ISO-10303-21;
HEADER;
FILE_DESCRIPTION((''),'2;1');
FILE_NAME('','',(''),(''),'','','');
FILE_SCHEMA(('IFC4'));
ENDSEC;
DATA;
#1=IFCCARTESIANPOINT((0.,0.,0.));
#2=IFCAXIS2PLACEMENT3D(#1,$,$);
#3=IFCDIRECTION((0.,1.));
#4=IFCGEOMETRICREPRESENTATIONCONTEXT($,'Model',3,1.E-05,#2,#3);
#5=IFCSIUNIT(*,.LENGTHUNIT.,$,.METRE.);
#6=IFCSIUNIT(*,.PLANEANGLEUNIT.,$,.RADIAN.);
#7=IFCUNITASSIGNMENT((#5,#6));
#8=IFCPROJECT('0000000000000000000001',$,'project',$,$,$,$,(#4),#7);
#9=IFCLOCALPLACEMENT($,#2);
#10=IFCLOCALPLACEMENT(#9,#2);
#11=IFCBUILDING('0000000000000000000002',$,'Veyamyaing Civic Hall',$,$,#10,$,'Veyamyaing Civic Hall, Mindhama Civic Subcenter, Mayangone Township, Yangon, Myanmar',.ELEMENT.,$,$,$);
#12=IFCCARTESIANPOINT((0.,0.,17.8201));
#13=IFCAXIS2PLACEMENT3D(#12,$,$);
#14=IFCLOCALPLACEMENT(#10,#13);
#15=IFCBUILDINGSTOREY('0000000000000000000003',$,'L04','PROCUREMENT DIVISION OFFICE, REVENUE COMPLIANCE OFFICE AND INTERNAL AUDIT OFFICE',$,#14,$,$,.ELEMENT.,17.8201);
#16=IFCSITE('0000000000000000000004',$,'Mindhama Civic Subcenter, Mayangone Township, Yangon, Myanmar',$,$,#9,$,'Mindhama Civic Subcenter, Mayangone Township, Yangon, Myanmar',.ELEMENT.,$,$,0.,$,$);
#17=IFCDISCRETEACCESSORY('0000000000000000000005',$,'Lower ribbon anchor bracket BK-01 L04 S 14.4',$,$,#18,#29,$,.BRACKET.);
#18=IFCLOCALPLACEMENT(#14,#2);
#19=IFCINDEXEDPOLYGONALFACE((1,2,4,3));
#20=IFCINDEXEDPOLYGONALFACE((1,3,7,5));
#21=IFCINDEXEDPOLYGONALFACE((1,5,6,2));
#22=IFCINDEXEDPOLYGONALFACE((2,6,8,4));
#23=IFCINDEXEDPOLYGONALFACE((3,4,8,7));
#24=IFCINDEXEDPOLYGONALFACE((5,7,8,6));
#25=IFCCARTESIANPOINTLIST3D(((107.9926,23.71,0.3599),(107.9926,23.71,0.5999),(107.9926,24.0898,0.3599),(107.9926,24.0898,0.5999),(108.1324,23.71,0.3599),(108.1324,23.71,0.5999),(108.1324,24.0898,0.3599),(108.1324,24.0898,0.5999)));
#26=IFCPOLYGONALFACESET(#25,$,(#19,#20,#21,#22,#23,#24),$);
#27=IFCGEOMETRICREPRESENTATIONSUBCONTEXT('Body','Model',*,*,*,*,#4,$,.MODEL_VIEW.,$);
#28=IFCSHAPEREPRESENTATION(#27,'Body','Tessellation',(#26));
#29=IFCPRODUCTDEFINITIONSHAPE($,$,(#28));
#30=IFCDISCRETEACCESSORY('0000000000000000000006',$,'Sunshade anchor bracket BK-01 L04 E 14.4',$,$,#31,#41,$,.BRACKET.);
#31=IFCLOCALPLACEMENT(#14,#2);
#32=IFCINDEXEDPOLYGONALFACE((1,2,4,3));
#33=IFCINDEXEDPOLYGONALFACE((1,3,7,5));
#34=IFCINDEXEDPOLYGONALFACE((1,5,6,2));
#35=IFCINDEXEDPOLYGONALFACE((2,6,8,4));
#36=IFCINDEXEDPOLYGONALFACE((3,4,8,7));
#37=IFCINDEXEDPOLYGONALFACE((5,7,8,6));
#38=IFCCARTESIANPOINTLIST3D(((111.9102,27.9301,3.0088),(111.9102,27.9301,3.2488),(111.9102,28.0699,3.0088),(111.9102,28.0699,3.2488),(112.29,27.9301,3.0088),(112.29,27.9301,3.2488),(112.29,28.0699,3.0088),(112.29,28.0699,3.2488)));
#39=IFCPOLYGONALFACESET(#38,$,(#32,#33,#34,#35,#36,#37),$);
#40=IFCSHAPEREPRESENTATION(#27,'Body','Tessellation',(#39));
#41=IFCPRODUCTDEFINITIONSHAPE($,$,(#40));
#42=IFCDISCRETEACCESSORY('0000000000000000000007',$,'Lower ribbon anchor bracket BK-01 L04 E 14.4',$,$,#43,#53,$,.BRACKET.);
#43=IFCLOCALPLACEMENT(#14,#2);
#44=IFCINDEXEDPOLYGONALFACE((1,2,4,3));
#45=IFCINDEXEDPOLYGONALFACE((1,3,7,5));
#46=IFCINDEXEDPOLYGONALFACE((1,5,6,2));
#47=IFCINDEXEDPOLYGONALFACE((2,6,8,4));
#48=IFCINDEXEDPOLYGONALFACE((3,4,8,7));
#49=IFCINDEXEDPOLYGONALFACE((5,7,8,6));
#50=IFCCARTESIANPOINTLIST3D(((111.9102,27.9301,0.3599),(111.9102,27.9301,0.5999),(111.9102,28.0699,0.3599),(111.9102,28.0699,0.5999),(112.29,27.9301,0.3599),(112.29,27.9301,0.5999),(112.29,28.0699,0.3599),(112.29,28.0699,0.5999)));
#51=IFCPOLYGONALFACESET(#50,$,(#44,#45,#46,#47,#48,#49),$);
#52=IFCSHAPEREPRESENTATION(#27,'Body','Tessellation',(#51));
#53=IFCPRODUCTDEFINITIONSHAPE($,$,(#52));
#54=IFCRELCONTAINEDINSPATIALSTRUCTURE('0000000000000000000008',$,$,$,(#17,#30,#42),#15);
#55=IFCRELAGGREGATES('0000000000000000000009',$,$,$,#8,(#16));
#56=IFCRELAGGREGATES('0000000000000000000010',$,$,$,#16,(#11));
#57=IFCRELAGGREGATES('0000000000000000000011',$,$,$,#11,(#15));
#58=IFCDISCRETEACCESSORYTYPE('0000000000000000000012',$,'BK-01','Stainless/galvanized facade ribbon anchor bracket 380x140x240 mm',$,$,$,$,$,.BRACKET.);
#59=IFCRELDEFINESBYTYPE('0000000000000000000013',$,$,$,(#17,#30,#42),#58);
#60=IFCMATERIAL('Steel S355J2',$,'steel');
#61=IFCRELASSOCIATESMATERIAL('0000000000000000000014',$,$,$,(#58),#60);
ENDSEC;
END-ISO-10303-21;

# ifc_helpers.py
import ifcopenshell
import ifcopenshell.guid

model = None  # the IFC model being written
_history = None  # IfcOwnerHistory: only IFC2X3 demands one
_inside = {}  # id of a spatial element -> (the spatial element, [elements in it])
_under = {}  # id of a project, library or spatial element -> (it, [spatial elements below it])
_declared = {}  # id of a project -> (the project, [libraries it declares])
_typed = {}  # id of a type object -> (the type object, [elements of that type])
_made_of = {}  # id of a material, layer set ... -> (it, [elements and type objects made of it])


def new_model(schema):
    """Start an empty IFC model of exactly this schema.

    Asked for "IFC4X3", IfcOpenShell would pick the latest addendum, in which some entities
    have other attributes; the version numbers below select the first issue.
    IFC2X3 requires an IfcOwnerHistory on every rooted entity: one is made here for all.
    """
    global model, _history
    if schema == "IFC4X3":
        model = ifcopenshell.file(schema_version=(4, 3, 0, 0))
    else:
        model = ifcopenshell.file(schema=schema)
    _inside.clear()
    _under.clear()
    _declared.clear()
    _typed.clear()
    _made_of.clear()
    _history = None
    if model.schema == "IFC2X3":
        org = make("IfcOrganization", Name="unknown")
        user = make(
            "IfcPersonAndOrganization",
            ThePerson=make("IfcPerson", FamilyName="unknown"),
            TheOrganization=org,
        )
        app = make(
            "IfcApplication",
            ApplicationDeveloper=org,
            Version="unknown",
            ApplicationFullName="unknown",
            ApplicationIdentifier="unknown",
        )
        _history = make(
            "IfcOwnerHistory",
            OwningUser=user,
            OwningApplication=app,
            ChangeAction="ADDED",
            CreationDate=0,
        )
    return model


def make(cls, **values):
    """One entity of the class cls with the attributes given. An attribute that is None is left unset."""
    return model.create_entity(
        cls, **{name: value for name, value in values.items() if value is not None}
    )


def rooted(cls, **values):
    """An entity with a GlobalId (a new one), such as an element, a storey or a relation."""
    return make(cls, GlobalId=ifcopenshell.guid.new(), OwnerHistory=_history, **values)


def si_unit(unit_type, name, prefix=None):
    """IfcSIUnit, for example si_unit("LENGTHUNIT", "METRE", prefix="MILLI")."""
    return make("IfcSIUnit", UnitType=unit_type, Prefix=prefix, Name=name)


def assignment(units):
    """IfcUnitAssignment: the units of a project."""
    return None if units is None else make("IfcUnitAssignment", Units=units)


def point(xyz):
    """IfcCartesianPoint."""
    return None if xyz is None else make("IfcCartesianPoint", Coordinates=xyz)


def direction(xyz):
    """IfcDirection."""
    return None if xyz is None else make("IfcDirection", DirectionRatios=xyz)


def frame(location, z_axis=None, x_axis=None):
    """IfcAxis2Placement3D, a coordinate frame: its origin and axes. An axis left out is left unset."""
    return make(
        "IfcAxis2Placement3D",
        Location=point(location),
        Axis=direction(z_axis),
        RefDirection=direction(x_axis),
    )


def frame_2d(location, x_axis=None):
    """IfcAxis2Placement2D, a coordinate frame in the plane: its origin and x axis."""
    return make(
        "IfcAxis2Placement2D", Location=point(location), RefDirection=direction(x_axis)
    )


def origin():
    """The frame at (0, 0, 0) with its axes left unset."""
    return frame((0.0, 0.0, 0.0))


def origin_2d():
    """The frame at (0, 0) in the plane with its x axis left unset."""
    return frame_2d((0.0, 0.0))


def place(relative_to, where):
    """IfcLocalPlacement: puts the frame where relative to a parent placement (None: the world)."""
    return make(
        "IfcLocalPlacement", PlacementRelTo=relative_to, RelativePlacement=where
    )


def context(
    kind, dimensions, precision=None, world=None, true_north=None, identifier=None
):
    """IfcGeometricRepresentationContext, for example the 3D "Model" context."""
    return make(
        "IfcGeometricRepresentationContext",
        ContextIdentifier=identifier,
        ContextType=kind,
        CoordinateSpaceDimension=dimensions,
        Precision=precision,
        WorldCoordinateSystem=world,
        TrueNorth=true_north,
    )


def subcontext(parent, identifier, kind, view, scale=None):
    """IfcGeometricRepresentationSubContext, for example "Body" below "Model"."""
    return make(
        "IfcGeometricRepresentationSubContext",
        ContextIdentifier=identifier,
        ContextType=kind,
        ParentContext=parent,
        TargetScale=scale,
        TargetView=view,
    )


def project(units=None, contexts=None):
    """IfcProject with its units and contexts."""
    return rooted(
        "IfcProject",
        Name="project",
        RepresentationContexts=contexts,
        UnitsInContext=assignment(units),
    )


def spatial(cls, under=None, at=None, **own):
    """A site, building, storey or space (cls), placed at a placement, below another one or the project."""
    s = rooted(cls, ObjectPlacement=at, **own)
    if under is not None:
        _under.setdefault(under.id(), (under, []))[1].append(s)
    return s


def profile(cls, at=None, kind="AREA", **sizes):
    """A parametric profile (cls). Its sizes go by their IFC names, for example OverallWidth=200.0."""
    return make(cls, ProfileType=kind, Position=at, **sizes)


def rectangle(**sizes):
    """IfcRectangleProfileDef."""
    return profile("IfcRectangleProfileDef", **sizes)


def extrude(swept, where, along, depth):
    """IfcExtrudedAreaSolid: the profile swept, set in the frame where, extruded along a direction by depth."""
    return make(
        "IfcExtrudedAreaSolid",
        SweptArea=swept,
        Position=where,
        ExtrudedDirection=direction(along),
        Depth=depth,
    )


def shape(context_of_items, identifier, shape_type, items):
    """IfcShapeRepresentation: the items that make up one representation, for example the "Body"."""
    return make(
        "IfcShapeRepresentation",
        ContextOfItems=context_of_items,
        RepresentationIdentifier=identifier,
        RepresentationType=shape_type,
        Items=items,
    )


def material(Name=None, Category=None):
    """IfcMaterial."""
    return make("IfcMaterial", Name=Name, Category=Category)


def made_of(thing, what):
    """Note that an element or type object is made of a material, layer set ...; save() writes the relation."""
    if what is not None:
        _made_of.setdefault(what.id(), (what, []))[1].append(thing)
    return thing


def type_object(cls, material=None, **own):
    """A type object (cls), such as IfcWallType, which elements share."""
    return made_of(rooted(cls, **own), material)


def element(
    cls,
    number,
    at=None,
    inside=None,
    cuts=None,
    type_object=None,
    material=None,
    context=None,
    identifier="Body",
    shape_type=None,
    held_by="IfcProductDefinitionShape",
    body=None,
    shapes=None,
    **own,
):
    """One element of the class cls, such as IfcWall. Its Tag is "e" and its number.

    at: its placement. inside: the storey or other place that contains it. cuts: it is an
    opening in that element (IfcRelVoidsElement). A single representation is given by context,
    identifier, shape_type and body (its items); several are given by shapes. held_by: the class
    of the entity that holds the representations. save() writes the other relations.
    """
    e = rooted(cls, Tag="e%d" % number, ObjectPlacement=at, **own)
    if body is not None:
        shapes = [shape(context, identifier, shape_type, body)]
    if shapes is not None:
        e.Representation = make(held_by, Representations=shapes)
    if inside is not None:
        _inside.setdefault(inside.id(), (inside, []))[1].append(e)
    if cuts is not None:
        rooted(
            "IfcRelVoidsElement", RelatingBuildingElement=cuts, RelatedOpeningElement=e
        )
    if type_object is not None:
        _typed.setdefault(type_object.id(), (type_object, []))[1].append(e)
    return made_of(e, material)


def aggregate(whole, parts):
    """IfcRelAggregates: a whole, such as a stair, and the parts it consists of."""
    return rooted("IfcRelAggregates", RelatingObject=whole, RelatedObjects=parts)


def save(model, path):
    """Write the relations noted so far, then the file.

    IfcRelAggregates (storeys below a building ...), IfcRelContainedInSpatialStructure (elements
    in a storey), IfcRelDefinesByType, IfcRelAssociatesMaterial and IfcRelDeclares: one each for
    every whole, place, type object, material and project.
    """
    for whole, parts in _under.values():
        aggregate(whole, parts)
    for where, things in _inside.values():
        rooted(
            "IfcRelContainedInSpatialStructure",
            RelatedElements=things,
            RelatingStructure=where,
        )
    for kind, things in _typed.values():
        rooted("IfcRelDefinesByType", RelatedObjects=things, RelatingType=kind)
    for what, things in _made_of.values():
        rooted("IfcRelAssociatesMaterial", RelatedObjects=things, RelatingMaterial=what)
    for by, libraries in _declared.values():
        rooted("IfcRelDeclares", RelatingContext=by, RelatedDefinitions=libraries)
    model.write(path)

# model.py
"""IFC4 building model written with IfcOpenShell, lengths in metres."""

from ifc_helpers import new_model, si_unit, direction, frame, origin, origin_2d, place, context, subcontext, project, spatial, rectangle, extrude, material, type_object, element, save


model = new_model("IFC4")

# Units and contexts
model_context = context("Model", 3, precision=1e-05, world=origin(), true_north=direction((0.0, 1.0)))
body_context = subcontext(model_context, "Body", "Model", "MODEL_VIEW")
ifc_project = project(units=[si_unit("LENGTHUNIT", "METRE"), si_unit("PLANEANGLEUNIT", "RADIAN")], contexts=[model_context])

# Site, building, storey
site_placement = place(None, origin())
site = spatial("IfcSite", under=ifc_project, at=site_placement, Name="Mindhama Civic Subcenter, Mayangone Township, Yangon, Myanmar", LongName="Mindhama Civic Subcenter, Mayangone Township, Yangon, Myanmar", CompositionType="ELEMENT", RefElevation=0.0)
building_placement = place(site_placement, origin())
building = spatial("IfcBuilding", under=site, at=building_placement, Name="Veyamyaing Civic Hall", LongName="Veyamyaing Civic Hall, Mindhama Civic Subcenter, Mayangone Township, Yangon, Myanmar", CompositionType="ELEMENT")
storey_placement = place(building_placement, frame((0.0, 0.0, 17.8201)))
storey = spatial("IfcBuildingStorey", under=building, at=storey_placement, Name="L04", Description="PROCUREMENT DIVISION OFFICE, REVENUE COMPLIANCE OFFICE AND INTERNAL AUDIT OFFICE", CompositionType="ELEMENT", Elevation=17.8201)

# Shared definitions
ifc_material_1 = material(Name="Steel S355J2", Category="steel")

# Discrete accessories
discrete_accessory_type = type_object("IfcDiscreteAccessoryType", Name="BK-01", Description="Stainless/galvanized facade ribbon anchor bracket 380x140x240 mm", PredefinedType="BRACKET", material=ifc_material_1)
for number, where, z_axis, x_axis, name in (
    (1, (108.0625, 23.8999, 0.3599), (0.0, 0.0, 1.0), (0.0, -1.0, 0.0), "Lower ribbon anchor bracket BK-01 L04 S 14.4"),
    (2, (112.1001, 28.0, 3.0088), (0.0, 0.0, 1.0), (1.0, 0.0, 0.0), "Sunshade anchor bracket BK-01 L04 E 14.4"),
    (3, (112.1001, 28.0, 0.3599), (0.0, 0.0, 1.0), (1.0, 0.0, 0.0), "Lower ribbon anchor bracket BK-01 L04 E 14.4"),
):
    element("IfcDiscreteAccessory", number, at=place(storey_placement, frame(where, z_axis=z_axis, x_axis=x_axis)), inside=storey, type_object=discrete_accessory_type, Name=name, PredefinedType="BRACKET", context=body_context, shape_type="SweptSolid", body=[
        extrude(rectangle(XDim=0.3799, YDim=0.1399, at=origin_2d()), origin(), (0.0, 0.0, 1.0), 0.24),
    ])

save(model, "model.ifc")
